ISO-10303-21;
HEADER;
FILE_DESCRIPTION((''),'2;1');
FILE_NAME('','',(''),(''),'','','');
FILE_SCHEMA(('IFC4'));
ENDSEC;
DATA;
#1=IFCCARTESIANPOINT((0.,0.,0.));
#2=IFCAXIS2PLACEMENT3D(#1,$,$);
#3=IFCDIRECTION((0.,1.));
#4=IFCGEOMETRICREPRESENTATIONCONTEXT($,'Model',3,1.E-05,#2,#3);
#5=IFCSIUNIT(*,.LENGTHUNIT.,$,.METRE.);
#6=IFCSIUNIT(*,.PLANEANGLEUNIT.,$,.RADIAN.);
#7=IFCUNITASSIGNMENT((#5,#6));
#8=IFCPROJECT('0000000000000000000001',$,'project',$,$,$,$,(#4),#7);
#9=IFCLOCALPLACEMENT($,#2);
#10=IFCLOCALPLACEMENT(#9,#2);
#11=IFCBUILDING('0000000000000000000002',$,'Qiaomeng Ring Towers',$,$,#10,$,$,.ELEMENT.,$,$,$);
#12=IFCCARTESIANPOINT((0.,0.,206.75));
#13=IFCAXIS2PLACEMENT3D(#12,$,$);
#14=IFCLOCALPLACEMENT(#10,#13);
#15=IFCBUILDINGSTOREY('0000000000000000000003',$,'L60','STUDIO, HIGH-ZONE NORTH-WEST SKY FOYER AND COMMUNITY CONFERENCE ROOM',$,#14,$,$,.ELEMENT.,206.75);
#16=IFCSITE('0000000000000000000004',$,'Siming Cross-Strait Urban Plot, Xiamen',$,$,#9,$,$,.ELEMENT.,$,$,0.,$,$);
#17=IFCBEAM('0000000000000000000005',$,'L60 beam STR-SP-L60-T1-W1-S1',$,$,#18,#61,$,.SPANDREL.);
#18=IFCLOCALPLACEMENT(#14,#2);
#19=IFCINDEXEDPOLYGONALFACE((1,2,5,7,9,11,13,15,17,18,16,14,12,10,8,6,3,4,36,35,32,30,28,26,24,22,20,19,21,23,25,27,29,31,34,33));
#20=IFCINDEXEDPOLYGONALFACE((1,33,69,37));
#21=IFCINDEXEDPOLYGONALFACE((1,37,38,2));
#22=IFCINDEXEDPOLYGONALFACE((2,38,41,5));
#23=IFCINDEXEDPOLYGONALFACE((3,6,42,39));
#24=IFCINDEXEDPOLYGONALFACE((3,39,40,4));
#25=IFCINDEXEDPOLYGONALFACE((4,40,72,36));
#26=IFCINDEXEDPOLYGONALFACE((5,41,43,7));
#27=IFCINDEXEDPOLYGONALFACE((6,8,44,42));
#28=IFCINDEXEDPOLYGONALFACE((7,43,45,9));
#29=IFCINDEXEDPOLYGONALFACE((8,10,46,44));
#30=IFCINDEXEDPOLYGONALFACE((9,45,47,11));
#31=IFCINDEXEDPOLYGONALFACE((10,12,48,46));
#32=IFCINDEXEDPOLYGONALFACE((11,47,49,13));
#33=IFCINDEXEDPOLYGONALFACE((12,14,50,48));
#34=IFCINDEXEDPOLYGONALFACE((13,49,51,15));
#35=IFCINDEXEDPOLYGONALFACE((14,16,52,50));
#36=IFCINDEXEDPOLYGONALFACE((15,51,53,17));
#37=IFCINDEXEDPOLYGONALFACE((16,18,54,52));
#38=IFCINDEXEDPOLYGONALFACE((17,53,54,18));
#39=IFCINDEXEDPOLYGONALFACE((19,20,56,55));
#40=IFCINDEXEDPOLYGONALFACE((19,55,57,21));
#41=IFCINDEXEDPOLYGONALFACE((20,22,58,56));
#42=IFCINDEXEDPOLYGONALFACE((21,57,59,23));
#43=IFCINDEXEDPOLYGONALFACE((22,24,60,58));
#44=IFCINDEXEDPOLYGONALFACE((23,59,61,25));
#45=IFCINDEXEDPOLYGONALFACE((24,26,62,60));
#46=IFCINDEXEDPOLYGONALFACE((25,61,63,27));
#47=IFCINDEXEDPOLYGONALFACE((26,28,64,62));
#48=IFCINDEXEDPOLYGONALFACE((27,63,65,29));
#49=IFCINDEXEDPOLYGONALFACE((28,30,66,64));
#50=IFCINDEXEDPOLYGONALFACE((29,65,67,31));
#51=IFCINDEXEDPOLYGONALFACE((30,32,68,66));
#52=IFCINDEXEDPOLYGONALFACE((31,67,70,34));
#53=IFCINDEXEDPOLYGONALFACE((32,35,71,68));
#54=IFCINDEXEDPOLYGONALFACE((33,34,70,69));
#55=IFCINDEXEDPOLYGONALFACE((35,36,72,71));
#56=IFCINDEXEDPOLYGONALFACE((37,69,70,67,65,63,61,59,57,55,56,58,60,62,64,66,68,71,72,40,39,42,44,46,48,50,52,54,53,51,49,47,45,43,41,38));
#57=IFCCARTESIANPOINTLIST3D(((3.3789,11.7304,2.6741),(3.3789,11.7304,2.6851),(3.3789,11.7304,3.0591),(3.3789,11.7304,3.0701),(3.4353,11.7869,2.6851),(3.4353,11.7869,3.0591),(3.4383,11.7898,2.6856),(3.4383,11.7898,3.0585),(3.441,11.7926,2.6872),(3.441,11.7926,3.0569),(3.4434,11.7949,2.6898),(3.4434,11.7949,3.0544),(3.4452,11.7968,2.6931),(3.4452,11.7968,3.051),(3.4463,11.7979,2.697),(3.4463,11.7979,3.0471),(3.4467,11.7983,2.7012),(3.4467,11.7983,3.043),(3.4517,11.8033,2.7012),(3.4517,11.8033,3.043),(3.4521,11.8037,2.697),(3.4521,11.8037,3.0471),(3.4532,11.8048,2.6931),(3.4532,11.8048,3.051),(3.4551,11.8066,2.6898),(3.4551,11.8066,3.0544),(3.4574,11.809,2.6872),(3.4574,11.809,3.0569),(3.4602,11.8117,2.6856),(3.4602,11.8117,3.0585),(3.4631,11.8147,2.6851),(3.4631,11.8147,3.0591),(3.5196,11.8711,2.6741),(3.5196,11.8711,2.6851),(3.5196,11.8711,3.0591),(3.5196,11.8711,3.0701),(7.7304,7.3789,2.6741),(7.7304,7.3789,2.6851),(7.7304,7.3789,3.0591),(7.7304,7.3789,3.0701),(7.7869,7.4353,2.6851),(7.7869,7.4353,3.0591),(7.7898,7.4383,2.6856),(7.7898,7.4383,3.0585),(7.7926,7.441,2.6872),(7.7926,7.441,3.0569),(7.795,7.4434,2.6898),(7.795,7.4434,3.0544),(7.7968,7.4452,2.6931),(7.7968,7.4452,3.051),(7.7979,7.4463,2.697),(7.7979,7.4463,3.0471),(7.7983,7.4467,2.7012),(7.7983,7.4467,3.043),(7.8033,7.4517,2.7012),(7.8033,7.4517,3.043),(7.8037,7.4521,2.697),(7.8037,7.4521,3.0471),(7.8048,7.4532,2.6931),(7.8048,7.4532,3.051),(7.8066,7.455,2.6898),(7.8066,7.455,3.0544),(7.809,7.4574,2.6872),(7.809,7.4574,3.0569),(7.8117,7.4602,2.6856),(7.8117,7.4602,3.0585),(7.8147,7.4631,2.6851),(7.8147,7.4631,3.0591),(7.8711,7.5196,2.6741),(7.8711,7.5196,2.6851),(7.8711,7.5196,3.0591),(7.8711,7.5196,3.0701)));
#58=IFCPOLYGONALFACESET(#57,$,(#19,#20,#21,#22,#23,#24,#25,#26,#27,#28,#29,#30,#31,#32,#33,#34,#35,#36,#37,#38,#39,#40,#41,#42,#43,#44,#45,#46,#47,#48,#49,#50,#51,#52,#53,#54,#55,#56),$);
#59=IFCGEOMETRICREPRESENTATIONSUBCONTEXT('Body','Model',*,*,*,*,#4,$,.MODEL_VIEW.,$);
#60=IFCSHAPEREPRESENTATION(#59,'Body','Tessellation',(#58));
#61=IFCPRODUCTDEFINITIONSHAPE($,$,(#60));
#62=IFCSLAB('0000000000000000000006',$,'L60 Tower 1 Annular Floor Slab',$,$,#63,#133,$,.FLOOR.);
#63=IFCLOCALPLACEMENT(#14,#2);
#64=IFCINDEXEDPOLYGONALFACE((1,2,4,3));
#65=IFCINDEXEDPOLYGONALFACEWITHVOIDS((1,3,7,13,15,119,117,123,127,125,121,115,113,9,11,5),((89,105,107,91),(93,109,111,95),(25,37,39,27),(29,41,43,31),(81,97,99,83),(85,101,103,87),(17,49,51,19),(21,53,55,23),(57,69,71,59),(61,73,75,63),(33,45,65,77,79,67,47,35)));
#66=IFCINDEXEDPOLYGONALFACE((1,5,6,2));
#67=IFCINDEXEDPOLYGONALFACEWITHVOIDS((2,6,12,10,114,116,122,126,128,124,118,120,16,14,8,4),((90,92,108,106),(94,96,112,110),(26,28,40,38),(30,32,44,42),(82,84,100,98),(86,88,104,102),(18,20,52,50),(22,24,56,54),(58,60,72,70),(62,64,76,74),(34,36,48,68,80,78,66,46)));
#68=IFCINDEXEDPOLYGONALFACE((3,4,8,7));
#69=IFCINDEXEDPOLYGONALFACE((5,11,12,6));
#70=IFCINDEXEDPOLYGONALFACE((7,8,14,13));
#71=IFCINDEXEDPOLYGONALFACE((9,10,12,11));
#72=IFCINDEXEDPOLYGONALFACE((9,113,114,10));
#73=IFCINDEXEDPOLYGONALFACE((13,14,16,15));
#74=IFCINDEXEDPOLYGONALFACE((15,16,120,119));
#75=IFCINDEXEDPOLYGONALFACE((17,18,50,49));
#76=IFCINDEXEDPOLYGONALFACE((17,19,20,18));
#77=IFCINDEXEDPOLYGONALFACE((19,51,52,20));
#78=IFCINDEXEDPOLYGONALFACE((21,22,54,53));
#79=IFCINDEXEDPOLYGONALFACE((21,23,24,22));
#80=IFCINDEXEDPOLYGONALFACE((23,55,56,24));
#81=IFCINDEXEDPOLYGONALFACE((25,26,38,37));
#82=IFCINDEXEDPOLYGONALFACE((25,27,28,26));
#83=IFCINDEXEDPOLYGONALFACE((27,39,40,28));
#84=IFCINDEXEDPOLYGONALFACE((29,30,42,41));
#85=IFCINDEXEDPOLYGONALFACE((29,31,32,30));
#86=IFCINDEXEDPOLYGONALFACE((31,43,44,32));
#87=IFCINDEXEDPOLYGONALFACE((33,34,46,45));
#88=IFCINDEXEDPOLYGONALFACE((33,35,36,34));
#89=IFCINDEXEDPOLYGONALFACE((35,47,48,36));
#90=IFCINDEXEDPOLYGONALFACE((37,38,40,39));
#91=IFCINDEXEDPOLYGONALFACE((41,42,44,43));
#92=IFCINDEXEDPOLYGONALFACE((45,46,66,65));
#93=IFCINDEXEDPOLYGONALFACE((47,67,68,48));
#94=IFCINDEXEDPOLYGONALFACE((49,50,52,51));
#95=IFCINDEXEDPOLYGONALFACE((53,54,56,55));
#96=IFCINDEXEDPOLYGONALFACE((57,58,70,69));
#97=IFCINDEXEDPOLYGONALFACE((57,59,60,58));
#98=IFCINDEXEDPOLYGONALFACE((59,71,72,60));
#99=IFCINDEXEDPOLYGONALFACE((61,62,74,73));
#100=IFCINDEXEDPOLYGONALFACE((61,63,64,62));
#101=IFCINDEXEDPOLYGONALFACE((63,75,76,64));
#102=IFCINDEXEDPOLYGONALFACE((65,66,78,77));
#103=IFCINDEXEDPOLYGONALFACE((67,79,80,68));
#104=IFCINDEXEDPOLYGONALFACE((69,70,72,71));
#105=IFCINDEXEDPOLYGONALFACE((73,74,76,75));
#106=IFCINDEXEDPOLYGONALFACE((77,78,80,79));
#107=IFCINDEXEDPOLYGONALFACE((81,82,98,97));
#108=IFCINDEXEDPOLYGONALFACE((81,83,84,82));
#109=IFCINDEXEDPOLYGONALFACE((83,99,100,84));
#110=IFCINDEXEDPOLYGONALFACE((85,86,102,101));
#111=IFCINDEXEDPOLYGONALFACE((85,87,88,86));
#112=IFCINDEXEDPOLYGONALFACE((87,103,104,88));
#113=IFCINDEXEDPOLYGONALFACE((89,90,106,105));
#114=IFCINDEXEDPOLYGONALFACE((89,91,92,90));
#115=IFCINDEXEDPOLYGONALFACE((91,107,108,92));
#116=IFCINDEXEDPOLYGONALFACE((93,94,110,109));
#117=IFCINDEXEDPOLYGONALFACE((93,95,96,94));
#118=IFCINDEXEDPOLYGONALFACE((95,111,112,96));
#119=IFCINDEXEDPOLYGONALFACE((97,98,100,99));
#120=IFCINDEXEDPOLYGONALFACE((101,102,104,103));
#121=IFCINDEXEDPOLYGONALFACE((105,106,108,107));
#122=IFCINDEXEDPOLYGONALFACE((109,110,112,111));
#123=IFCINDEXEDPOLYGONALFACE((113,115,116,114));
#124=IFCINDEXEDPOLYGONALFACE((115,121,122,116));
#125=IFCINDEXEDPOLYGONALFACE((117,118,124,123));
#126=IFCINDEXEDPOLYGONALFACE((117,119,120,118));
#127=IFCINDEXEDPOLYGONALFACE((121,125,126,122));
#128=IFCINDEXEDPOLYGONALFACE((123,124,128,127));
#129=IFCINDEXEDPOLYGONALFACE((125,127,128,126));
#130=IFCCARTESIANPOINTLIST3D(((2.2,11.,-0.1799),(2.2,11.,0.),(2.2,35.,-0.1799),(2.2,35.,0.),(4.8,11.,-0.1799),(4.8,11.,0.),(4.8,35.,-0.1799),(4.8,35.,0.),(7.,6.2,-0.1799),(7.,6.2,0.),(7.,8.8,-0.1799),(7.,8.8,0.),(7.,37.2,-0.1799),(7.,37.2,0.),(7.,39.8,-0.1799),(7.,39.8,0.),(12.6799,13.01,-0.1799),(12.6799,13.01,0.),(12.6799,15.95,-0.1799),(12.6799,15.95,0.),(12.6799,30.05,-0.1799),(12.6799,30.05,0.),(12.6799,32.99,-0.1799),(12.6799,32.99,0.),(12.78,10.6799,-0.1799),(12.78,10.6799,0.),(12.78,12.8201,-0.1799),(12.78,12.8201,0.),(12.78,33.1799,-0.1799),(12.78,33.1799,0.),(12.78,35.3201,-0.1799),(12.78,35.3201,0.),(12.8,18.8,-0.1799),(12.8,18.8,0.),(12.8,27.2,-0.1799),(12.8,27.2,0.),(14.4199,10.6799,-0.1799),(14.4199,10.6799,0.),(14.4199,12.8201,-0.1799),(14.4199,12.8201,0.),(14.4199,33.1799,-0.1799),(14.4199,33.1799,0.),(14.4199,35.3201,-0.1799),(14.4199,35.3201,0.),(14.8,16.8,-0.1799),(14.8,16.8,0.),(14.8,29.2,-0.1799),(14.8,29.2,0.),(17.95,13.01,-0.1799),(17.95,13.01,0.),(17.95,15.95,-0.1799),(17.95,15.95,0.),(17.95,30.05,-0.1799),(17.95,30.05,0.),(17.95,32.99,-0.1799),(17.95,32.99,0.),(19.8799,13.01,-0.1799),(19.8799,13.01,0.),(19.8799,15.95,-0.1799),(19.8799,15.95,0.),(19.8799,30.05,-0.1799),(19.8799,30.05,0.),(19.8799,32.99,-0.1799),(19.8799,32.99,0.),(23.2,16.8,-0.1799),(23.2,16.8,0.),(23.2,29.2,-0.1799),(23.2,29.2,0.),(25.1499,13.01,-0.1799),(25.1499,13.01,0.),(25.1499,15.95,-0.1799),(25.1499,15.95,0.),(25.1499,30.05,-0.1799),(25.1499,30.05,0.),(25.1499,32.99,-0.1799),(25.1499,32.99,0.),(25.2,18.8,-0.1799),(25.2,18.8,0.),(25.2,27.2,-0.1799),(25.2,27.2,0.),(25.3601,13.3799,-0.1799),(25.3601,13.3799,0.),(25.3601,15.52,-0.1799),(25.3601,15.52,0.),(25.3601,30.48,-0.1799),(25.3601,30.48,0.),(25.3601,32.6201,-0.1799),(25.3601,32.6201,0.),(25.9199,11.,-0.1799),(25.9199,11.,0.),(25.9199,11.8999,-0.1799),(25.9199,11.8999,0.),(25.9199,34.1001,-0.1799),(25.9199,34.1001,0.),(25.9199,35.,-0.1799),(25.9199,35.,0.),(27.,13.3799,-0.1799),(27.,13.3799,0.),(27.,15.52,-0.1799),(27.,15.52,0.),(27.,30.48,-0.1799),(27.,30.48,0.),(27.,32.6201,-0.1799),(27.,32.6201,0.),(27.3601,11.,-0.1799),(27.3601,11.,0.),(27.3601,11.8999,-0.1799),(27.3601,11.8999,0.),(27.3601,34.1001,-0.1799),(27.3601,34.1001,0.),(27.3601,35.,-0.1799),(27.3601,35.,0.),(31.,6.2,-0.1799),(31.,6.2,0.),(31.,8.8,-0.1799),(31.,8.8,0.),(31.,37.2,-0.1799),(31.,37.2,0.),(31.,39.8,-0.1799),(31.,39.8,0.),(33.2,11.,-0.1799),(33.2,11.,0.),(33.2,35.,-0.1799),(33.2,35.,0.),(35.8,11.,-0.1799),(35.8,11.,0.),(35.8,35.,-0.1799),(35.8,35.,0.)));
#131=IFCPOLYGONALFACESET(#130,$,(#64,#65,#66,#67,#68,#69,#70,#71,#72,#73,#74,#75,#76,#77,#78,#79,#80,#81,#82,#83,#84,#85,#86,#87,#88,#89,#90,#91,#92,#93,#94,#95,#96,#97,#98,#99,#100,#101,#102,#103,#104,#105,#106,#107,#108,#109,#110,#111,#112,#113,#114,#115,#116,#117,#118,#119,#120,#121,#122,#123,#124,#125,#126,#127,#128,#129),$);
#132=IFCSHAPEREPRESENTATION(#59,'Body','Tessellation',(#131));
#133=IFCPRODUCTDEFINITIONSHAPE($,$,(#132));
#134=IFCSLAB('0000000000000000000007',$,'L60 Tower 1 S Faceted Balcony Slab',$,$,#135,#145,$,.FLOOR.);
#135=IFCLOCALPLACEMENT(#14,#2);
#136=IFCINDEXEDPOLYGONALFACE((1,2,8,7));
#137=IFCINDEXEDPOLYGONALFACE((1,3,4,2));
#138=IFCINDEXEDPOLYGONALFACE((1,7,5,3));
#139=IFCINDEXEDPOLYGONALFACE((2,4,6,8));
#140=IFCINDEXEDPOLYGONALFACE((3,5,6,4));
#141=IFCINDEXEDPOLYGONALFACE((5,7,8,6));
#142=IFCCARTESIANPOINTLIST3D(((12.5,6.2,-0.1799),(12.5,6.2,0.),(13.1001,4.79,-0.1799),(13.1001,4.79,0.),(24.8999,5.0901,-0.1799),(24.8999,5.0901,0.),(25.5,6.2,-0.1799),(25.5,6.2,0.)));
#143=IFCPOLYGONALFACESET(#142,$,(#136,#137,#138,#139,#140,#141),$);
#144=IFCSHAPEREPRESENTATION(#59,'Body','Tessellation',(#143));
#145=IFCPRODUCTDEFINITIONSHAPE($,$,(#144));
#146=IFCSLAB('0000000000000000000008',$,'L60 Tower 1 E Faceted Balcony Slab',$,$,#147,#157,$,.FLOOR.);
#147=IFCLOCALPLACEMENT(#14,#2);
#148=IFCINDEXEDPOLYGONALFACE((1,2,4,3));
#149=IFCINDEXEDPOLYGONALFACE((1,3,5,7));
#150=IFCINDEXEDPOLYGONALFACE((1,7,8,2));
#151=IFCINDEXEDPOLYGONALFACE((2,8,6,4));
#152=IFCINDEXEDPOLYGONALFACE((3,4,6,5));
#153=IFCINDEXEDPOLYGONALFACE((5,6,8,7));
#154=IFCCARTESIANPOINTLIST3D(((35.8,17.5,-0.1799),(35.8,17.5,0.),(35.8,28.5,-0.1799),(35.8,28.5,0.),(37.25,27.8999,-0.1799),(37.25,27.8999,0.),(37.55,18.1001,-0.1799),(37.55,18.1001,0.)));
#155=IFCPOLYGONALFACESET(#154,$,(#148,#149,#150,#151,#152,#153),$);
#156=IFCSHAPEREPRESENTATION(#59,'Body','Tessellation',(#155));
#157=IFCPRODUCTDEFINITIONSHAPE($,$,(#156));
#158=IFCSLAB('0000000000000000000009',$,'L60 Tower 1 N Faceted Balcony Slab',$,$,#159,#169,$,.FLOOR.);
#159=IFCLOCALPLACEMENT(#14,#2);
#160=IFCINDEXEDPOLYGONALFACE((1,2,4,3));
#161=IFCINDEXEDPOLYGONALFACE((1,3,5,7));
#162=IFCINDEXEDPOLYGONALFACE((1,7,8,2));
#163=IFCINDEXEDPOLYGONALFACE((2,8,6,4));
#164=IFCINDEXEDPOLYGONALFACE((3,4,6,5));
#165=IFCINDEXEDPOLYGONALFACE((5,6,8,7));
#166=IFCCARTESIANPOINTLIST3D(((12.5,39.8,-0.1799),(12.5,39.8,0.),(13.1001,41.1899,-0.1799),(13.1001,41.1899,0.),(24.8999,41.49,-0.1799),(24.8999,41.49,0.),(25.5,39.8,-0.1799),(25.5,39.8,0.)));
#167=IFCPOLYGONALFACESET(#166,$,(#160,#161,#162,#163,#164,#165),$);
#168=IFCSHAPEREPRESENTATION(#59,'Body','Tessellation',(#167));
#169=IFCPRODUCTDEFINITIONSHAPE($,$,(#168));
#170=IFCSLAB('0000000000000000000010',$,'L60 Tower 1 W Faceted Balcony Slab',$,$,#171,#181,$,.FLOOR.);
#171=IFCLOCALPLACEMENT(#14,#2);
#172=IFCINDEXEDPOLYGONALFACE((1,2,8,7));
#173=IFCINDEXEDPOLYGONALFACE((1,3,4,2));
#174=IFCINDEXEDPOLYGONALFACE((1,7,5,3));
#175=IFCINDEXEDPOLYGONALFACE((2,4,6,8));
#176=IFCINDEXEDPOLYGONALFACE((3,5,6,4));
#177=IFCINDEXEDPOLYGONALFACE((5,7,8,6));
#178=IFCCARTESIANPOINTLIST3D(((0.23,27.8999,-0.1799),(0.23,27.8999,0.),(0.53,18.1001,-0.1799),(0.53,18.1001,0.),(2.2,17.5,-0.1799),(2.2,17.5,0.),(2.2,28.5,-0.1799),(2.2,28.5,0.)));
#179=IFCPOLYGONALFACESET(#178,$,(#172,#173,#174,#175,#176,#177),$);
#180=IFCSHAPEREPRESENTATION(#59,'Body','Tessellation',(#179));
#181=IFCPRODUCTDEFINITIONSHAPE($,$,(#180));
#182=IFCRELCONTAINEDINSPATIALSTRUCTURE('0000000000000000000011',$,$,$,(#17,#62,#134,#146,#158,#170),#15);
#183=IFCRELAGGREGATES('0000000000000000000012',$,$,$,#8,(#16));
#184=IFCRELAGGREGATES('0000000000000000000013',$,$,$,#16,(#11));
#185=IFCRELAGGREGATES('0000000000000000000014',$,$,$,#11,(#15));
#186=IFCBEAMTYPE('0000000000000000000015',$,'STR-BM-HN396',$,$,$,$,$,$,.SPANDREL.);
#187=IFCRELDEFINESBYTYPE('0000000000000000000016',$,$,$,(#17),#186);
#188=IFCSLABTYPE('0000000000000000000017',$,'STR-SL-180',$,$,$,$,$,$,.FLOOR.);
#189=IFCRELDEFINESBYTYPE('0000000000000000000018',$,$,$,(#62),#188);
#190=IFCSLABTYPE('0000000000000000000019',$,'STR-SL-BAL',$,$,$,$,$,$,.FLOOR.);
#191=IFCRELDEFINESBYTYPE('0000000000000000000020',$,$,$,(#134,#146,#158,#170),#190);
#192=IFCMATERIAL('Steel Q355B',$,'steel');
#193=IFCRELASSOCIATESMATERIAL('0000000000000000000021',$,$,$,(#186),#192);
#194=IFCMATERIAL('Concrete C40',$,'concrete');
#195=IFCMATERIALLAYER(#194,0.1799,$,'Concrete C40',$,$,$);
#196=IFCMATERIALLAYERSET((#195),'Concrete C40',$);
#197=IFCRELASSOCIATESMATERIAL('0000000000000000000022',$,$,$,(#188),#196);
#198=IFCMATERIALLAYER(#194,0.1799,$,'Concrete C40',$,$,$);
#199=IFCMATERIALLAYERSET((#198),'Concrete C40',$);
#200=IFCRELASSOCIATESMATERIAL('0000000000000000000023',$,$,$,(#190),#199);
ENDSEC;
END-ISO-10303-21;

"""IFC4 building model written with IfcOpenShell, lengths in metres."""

from ifc_helpers import new_model, si_unit, direction, frame, origin, origin_2d, place, context, subcontext, project, spatial, polyline, i_section, outline, extrude, source, transform, mapped, material, layer, layer_set, material_profile, profile_set, type_object, element, save


model = new_model("IFC4")

# Units and contexts
model_context = context("Model", 3, precision=1e-05, world=origin(), true_north=direction((0.0, 1.0)))
body_context = subcontext(model_context, "Body", "Model", "MODEL_VIEW")
ifc_project = project(units=[si_unit("LENGTHUNIT", "METRE"), si_unit("PLANEANGLEUNIT", "RADIAN")], contexts=[model_context])

# Site, building, storey
site_placement = place(None, origin())
site = spatial("IfcSite", under=ifc_project, at=site_placement, Name="Siming Cross-Strait Urban Plot, Xiamen", CompositionType="ELEMENT", RefElevation=0.0)
building_placement = place(site_placement, origin())
building = spatial("IfcBuilding", under=site, at=building_placement, Name="Qiaomeng Ring Towers", CompositionType="ELEMENT")
storey_placement = place(building_placement, frame((0.0, 0.0, 206.75)))
storey = spatial("IfcBuildingStorey", under=building, at=storey_placement, Name="L60", Description="STUDIO, HIGH-ZONE NORTH-WEST SKY FOYER AND COMMUNITY CONFERENCE ROOM", CompositionType="ELEMENT", Elevation=206.75)

# Beam
ifc_material_1 = material(Name="Steel Q355B", Category="steel")
ifc_material_profile = material_profile(ifc_material_1, i_section(OverallWidth=0.199, OverallDepth=0.396, WebThickness=0.0071, FlangeThickness=0.011, FilletRadius=0.0161, at=origin_2d()), Name="HN 396x199x7x11")
ifc_profile_set = profile_set([ifc_material_profile], Name="Steel Q355B")
beam_type = type_object("IfcBeamType", Name="STR-BM-HN396", PredefinedType="SPANDREL", material=ifc_profile_set)
shared_shape_1 = source(origin(), body_context, "Body", "SweptSolid", [
    extrude(i_section(OverallWidth=0.199, OverallDepth=0.396, WebThickness=0.0071, FlangeThickness=0.011, FilletRadius=0.0161, at=origin_2d()), origin(), (0.0, 0.0, 1.0), 6.1541),
])
beam_placement = place(storey_placement, frame((3.4492, 11.8008, 2.8721), z_axis=(0.707107, -0.707107, 0.0), x_axis=(0.707107, 0.707107, 0.0)))
element("IfcBeam", 1, at=beam_placement, inside=storey, type_object=beam_type, Name="L60 beam STR-SP-L60-T1-W1-S1", PredefinedType="SPANDREL", context=body_context, shape_type="MappedRepresentation", body=[
    mapped(shared_shape_1, transform((0.0, 0.0, 0.0), x_axis=(1.0, 0.0, 0.0), y_axis=(0.0, 1.0, 0.0), z_axis=(0.0, 0.0, 1.0), scale=1.0)),
])

# Slabs
ifc_material_2 = material(Name="Concrete C40", Category="concrete")
ifc_layer_1 = layer(ifc_material_2, 0.1799, Name="Concrete C40")
ifc_layer_set_1 = layer_set([ifc_layer_1], Name="Concrete C40")
slab_type_1 = type_object("IfcSlabType", Name="STR-SL-180", PredefinedType="FLOOR", material=ifc_layer_set_1)
slab_1_placement = place(storey_placement, frame((0.0, 0.0, -0.1799)))
element("IfcSlab", 2, at=slab_1_placement, inside=storey, type_object=slab_type_1, Name="L60 Tower 1 Annular Floor Slab", PredefinedType="FLOOR", context=body_context, shape_type="SweptSolid", body=[
    extrude(outline(polyline([(7.0, 6.2), (31.0, 6.2), (31.0, 8.8), (33.2, 11.0), (35.8, 11.0), (35.8, 35.0), (33.2, 35.0), (31.0, 37.2), (31.0, 39.8), (7.0, 39.8), (7.0, 37.2), (4.8, 35.0), (2.2, 35.0), (2.2, 11.0), (4.8, 11.0), (7.0, 8.8), (7.0, 6.2)]), holes=[polyline([(12.78, 10.6799), (12.78, 12.8201), (14.4199, 12.8201), (14.4199, 10.6799), (12.78, 10.6799)]), polyline([(12.6799, 13.01), (12.6799, 15.95), (17.95, 15.95), (17.95, 13.01), (12.6799, 13.01)]), polyline([(23.2, 29.2), (25.2, 27.2), (25.2, 18.8), (23.2, 16.8), (14.8, 16.8), (12.8, 18.8), (12.8, 27.2), (14.8, 29.2), (23.2, 29.2)]), polyline([(12.6799, 32.99), (17.95, 32.99), (17.95, 30.05), (12.6799, 30.05), (12.6799, 32.99)]), polyline([(19.8799, 32.99), (25.1499, 32.99), (25.1499, 30.05), (19.8799, 30.05), (19.8799, 32.99)]), polyline([(12.78, 33.1799), (12.78, 35.3201), (14.4199, 35.3201), (14.4199, 33.1799), (12.78, 33.1799)]), polyline([(25.9199, 11.8999), (27.3601, 11.8999), (27.3601, 11.0), (25.9199, 11.0), (25.9199, 11.8999)]), polyline([(25.3601, 15.52), (27.0, 15.52), (27.0, 13.3799), (25.3601, 13.3799), (25.3601, 15.52)]), polyline([(19.8799, 13.01), (19.8799, 15.95), (25.1499, 15.95), (25.1499, 13.01), (19.8799, 13.01)]), polyline([(25.3601, 32.6201), (27.0, 32.6201), (27.0, 30.48), (25.3601, 30.48), (25.3601, 32.6201)]), polyline([(25.9199, 35.0), (27.3601, 35.0), (27.3601, 34.1001), (25.9199, 34.1001), (25.9199, 35.0)])]), origin(), (0.0, 0.0, 1.0), 0.1799),
])
ifc_layer_2 = layer(ifc_material_2, 0.1799, Name="Concrete C40")
ifc_layer_set_2 = layer_set([ifc_layer_2], Name="Concrete C40")
slab_type_2 = type_object("IfcSlabType", Name="STR-SL-BAL", PredefinedType="FLOOR", material=ifc_layer_set_2)
slab_2_placement = place(storey_placement, frame((0.0, 0.0, -0.1799)))
element("IfcSlab", 3, at=slab_2_placement, inside=storey, type_object=slab_type_2, Name="L60 Tower 1 S Faceted Balcony Slab", PredefinedType="FLOOR", context=body_context, shape_type="SweptSolid", body=[
    extrude(outline(polyline([(25.5, 6.2), (24.8999, 5.0901), (13.1001, 4.79), (12.5, 6.2), (25.5, 6.2)])), origin(), (0.0, 0.0, 1.0), 0.1799),
])
slab_3_placement = place(storey_placement, frame((0.0, 0.0, -0.1799)))
element("IfcSlab", 4, at=slab_3_placement, inside=storey, type_object=slab_type_2, Name="L60 Tower 1 E Faceted Balcony Slab", PredefinedType="FLOOR", context=body_context, shape_type="SweptSolid", body=[
    extrude(outline(polyline([(37.25, 27.8999), (37.55, 18.1001), (35.8, 17.5), (35.8, 28.5), (37.25, 27.8999)])), origin(), (0.0, 0.0, 1.0), 0.1799),
])
slab_4_placement = place(storey_placement, frame((0.0, 0.0, -0.1799)))
element("IfcSlab", 5, at=slab_4_placement, inside=storey, type_object=slab_type_2, Name="L60 Tower 1 N Faceted Balcony Slab", PredefinedType="FLOOR", context=body_context, shape_type="SweptSolid", body=[
    extrude(outline(polyline([(12.5, 39.8), (13.1001, 41.1899), (24.8999, 41.49), (25.5, 39.8), (12.5, 39.8)])), origin(), (0.0, 0.0, 1.0), 0.1799),
])
slab_5_placement = place(storey_placement, frame((0.0, 0.0, -0.1799)))
element("IfcSlab", 6, at=slab_5_placement, inside=storey, type_object=slab_type_2, Name="L60 Tower 1 W Faceted Balcony Slab", PredefinedType="FLOOR", context=body_context, shape_type="SweptSolid", body=[
    extrude(outline(polyline([(0.53, 18.1001), (0.23, 27.8999), (2.2, 28.5), (2.2, 17.5), (0.53, 18.1001)])), origin(), (0.0, 0.0, 1.0), 0.1799),
])

save(model, "model.ifc")
